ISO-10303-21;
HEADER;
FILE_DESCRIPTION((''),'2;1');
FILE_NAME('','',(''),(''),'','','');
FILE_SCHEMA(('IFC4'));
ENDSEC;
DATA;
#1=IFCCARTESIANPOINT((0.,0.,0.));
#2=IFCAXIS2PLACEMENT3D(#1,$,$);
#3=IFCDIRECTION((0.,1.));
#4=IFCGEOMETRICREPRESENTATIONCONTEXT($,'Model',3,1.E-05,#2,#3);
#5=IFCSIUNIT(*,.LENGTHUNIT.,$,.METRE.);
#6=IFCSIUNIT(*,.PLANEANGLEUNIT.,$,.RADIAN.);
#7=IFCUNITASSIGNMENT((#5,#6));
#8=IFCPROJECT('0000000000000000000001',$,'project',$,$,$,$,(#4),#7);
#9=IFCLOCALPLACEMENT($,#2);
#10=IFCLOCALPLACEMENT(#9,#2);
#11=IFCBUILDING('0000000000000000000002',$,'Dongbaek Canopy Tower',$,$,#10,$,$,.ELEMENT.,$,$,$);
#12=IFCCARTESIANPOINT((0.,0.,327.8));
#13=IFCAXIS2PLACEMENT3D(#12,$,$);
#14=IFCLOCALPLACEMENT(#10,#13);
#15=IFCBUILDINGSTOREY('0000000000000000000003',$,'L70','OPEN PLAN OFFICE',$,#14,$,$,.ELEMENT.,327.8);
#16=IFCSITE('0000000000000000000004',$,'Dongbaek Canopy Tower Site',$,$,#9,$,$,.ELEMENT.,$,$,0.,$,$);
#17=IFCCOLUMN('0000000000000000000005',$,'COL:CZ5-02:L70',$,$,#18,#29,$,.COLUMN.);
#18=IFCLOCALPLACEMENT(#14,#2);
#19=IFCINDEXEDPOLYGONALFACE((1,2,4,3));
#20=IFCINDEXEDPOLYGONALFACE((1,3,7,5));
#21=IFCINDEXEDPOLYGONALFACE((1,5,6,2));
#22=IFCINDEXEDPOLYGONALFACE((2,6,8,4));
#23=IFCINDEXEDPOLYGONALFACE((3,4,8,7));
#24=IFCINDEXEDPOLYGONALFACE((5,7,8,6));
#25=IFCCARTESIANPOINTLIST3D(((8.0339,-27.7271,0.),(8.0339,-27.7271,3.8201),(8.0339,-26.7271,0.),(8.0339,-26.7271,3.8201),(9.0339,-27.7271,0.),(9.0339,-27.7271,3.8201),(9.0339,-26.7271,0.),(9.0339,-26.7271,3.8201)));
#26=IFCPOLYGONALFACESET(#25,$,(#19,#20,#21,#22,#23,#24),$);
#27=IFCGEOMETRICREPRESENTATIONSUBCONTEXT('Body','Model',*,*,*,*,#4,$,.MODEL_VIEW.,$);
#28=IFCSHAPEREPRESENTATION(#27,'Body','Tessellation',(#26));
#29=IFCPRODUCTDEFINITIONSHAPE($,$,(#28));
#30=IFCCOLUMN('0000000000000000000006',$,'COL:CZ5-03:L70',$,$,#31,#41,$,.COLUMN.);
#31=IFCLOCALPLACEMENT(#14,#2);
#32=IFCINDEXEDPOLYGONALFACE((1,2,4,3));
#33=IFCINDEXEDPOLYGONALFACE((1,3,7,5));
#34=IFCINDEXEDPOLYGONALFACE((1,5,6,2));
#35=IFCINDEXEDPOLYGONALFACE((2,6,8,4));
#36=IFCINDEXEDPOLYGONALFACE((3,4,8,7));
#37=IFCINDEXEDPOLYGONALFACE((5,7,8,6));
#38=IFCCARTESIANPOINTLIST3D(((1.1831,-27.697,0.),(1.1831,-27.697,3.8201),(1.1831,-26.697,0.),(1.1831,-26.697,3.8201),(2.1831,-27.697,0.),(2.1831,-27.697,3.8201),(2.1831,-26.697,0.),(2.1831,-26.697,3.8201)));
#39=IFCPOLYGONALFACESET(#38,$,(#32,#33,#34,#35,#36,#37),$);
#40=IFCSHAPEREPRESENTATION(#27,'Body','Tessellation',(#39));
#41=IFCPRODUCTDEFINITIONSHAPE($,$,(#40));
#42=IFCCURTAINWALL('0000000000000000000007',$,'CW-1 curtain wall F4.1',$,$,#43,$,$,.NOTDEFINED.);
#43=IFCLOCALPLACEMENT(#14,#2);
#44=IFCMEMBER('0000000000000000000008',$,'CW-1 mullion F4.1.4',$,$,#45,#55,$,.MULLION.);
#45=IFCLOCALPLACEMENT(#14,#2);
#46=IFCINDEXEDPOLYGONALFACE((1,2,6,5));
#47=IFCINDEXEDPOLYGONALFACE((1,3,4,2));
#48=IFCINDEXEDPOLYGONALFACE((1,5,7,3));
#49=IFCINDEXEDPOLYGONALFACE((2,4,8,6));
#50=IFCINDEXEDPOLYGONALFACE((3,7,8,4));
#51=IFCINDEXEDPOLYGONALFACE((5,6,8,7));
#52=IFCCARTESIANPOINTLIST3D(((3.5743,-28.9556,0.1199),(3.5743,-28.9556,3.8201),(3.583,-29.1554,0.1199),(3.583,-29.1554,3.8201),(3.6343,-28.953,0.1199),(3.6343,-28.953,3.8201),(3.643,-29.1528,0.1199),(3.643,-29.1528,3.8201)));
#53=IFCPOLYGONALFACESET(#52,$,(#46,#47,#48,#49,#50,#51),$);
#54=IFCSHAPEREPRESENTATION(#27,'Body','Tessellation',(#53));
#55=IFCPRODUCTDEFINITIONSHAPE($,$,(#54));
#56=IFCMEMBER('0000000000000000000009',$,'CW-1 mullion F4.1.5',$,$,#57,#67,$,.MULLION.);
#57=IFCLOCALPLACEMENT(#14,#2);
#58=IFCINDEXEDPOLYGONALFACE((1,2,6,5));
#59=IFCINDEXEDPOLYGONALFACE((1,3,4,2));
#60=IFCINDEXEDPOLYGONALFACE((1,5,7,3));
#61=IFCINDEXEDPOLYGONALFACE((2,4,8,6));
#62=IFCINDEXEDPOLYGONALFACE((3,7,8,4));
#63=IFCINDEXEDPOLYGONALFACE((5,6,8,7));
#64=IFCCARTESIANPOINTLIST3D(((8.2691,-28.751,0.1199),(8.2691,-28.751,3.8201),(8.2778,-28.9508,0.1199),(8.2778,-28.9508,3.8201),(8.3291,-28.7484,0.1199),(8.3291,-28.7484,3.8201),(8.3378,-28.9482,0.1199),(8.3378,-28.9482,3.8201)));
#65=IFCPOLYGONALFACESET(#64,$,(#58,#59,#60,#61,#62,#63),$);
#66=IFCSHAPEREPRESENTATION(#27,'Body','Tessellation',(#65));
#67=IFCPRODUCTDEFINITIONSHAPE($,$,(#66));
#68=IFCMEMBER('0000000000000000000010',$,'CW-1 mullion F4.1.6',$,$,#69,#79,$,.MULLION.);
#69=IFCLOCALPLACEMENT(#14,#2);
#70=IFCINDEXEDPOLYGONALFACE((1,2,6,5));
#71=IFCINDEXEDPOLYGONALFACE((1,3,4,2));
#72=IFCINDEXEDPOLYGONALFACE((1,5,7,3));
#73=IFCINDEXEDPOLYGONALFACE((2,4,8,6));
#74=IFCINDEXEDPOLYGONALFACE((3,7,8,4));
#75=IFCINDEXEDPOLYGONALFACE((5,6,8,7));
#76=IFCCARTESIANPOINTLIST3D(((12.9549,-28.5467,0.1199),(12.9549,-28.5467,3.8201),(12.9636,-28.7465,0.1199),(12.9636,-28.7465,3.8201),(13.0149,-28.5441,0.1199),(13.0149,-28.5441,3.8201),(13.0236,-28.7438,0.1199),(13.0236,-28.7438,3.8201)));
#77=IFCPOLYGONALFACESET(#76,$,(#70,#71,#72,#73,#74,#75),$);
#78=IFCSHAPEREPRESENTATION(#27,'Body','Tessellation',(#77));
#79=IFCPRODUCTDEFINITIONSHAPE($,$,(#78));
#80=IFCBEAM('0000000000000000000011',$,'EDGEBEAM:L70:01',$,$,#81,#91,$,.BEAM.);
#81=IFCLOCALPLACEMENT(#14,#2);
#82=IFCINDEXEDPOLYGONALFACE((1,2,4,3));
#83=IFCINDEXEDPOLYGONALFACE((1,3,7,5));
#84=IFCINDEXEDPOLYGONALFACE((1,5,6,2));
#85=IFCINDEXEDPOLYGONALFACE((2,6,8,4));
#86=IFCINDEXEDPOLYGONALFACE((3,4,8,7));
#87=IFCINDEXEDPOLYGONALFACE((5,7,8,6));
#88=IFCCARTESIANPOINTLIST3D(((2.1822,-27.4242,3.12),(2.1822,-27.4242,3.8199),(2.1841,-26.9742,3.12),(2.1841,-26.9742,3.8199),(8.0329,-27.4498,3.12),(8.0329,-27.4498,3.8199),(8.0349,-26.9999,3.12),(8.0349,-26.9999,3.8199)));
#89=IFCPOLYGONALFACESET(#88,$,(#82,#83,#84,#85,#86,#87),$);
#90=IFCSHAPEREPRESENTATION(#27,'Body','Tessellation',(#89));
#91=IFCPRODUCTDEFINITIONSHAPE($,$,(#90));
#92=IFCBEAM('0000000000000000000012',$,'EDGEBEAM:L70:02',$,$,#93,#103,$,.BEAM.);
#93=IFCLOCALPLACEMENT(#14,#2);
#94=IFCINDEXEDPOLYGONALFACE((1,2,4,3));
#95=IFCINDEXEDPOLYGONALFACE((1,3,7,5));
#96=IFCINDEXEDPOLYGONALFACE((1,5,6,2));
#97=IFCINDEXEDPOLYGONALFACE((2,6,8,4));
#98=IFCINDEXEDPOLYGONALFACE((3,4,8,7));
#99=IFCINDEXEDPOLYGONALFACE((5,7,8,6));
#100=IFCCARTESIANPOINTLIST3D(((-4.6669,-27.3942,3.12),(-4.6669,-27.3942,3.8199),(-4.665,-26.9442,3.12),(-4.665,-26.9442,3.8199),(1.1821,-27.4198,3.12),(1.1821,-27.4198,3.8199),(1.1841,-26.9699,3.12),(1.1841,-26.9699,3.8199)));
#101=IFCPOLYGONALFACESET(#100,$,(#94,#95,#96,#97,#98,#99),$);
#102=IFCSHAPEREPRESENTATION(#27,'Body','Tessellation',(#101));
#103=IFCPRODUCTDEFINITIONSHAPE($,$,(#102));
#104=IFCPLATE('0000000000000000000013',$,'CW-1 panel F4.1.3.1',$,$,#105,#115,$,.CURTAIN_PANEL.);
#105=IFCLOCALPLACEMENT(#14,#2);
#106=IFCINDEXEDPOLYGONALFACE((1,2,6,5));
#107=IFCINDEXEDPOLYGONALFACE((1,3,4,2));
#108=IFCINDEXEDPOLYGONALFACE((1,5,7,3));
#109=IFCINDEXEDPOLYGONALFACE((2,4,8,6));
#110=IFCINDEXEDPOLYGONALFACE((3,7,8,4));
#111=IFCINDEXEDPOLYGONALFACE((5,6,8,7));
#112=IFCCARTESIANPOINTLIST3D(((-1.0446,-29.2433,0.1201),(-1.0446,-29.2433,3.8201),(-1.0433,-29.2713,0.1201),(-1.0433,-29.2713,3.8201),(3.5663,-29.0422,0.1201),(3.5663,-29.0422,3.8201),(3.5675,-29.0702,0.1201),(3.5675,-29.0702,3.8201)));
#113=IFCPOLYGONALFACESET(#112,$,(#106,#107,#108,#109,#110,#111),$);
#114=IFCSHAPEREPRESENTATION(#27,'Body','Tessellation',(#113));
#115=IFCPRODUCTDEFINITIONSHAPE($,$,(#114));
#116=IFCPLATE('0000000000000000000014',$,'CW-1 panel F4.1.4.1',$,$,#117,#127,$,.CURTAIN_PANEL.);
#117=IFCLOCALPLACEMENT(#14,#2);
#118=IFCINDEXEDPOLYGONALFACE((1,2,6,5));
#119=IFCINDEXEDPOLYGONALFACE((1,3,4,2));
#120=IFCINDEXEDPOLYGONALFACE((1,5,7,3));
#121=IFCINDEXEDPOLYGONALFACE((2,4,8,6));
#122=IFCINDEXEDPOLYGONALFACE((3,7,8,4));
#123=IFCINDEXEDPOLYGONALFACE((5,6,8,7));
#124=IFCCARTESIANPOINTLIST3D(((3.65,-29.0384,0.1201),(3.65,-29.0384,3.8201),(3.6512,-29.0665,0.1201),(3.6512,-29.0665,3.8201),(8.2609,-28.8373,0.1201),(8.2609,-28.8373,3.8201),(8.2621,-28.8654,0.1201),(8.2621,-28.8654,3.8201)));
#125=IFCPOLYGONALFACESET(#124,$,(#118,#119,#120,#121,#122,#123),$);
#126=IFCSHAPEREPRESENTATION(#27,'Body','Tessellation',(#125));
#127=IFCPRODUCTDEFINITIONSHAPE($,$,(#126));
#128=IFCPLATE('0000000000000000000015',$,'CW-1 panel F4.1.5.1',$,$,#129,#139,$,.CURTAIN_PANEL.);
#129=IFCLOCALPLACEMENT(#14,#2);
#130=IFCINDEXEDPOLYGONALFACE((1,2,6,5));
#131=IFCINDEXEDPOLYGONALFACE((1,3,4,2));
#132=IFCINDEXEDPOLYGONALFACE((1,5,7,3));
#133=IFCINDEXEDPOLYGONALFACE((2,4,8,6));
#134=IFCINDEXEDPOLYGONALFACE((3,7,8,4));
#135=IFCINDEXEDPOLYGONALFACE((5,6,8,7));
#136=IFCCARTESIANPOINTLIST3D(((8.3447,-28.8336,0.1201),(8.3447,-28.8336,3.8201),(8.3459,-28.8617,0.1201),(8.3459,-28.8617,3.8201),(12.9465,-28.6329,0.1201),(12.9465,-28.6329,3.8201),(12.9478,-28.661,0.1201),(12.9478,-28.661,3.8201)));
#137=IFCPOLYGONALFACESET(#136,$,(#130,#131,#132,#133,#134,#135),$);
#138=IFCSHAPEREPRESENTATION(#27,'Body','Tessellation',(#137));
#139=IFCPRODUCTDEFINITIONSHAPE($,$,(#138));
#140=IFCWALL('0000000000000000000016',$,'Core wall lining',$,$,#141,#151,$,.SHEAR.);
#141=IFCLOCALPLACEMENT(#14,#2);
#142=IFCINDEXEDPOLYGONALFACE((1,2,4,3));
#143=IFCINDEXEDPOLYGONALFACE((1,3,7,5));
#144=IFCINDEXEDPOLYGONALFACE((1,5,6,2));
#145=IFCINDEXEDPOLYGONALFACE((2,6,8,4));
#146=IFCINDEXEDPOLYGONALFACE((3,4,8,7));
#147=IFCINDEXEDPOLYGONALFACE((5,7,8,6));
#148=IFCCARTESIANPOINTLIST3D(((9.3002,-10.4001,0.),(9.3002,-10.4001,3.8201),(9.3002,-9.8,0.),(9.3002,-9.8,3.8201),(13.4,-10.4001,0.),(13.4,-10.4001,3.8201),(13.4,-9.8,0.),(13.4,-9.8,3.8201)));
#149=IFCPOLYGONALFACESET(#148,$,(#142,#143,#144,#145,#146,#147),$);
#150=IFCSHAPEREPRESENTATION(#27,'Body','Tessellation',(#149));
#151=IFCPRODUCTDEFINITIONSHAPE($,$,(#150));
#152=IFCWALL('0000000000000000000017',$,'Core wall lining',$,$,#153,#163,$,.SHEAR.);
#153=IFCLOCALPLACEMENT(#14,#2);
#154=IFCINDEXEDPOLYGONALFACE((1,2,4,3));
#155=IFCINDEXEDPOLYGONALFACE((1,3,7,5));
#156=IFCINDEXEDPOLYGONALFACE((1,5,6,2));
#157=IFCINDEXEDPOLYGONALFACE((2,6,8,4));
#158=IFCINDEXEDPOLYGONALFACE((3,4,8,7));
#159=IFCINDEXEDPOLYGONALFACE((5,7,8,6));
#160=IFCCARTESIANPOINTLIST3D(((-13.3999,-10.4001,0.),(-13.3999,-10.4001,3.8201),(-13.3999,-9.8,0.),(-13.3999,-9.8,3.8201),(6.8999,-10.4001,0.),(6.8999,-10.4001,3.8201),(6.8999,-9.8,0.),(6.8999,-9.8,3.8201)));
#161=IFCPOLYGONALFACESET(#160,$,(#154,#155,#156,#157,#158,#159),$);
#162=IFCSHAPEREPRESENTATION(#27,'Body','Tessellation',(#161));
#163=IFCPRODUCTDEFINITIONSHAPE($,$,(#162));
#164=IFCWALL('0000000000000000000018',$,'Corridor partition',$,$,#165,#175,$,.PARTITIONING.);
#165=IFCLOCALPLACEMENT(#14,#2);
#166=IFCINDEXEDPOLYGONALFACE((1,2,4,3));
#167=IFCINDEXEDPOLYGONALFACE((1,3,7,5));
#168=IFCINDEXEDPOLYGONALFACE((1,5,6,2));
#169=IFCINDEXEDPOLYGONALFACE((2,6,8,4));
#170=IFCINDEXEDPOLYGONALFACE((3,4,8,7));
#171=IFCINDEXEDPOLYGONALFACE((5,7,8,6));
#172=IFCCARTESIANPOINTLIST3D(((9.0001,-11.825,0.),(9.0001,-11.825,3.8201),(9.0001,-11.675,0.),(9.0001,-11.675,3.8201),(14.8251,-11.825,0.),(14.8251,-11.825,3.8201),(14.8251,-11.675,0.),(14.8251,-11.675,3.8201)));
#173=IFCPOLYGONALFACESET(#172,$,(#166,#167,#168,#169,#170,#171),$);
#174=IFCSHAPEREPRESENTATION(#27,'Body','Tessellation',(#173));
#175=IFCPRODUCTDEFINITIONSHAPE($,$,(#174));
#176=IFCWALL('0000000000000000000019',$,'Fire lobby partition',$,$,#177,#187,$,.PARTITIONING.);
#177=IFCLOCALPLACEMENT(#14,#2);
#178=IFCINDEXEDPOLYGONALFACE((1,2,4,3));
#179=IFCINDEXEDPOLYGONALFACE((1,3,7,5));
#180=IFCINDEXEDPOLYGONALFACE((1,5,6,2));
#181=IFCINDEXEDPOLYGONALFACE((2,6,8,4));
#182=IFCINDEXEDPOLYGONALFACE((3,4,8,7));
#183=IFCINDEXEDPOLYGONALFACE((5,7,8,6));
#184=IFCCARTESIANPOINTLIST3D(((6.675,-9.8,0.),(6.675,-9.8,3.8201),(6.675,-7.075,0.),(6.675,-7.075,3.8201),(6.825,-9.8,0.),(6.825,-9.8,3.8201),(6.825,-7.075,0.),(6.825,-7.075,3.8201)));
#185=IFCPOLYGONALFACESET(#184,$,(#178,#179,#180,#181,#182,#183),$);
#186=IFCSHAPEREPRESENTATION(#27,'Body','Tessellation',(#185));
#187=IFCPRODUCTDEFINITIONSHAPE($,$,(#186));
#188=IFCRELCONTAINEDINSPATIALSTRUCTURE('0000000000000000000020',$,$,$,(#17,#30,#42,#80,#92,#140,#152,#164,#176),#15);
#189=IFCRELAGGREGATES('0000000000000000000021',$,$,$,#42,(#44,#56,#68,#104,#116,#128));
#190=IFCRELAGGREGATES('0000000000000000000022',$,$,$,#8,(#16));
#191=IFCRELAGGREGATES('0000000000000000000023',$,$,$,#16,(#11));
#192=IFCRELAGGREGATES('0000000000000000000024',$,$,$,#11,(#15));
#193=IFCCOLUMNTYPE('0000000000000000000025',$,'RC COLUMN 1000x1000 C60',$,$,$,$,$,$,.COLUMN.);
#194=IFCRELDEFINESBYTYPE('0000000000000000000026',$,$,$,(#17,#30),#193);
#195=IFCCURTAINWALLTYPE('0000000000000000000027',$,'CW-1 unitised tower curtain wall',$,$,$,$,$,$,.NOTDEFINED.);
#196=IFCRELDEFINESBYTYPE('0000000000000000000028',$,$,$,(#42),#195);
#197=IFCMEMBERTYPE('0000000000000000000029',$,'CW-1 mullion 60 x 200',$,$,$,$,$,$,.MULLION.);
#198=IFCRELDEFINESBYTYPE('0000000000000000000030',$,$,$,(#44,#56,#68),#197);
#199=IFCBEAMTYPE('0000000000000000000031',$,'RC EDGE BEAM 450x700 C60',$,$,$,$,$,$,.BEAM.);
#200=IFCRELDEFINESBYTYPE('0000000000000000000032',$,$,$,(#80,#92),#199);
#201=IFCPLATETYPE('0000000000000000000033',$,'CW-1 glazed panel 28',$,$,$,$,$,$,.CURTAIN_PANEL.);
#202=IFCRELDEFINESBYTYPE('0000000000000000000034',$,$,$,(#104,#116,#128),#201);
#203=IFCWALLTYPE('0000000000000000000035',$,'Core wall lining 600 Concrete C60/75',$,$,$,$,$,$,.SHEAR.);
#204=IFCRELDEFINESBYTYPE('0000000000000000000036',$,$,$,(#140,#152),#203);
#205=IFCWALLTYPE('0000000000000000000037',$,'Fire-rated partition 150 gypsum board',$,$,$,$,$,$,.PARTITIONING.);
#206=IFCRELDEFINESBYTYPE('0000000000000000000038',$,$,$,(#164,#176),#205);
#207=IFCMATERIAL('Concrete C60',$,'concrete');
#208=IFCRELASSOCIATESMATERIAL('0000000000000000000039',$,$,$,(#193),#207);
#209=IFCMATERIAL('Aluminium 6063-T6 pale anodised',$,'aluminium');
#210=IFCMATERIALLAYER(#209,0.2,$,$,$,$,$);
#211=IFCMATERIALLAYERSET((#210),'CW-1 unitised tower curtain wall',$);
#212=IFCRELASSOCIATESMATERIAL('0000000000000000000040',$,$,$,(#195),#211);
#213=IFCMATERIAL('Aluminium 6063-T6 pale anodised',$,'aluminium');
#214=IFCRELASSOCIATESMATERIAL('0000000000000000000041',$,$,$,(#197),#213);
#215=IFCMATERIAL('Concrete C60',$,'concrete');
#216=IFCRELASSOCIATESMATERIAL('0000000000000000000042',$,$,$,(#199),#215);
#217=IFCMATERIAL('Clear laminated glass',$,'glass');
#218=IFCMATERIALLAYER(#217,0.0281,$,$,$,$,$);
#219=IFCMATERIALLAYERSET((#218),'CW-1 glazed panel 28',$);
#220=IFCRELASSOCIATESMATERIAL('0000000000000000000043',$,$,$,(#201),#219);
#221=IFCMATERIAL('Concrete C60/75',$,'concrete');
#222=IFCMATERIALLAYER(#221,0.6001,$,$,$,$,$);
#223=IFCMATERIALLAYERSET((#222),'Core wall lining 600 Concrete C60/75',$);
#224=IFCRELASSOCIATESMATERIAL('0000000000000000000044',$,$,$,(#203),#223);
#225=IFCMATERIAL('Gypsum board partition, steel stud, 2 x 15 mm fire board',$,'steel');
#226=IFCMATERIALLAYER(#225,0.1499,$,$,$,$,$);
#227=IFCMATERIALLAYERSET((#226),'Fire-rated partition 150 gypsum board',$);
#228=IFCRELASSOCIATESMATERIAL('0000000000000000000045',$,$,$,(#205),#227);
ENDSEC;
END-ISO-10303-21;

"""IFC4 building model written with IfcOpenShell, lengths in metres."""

from ifc_helpers import new_model, si_unit, direction, frame, frame_2d, origin, origin_2d, place, context, subcontext, project, spatial, rectangle, extrude, material, layer, layer_set, material_profile, profile_set, type_object, element, aggregate, save


model = new_model("IFC4")

# Units and contexts
model_context = context("Model", 3, precision=1e-05, world=origin(), true_north=direction((0.0, 1.0)))
body_context = subcontext(model_context, "Body", "Model", "MODEL_VIEW")
ifc_project = project(units=[si_unit("LENGTHUNIT", "METRE"), si_unit("PLANEANGLEUNIT", "RADIAN")], contexts=[model_context])

# Site, building, storey
site_placement = place(None, origin())
site = spatial("IfcSite", under=ifc_project, at=site_placement, Name="Dongbaek Canopy Tower Site", CompositionType="ELEMENT", RefElevation=0.0)
building_placement = place(site_placement, origin())
building = spatial("IfcBuilding", under=site, at=building_placement, Name="Dongbaek Canopy Tower", CompositionType="ELEMENT")
storey_placement = place(building_placement, frame((0.0, 0.0, 327.8)))
storey = spatial("IfcBuildingStorey", under=building, at=storey_placement, Name="L70", Description="OPEN PLAN OFFICE", CompositionType="ELEMENT", Elevation=327.8)

# Columns
ifc_material_1 = material(Name="Concrete C60", Category="concrete")
ifc_material_profile_1 = material_profile(ifc_material_1, rectangle(XDim=1.0, YDim=1.0, at=origin_2d()), Name="RC COLUMN 1000x1000 C60")
ifc_profile_set_1 = profile_set([ifc_material_profile_1], Name="Concrete C60")
column_type = type_object("IfcColumnType", Name="RC COLUMN 1000x1000 C60", PredefinedType="COLUMN", material=ifc_profile_set_1)
for number, where, z_axis, x_axis, name in (
    (1, (8.5339, -27.2271, 0.0), (0.0, 0.0, 1.0), (1.0, 0.0, 0.0), "COL:CZ5-02:L70"),
    (2, (1.6831, -27.197, 0.0), (0.0, 0.0, 1.0), (1.0, 0.0, 0.0), "COL:CZ5-03:L70"),
):
    element("IfcColumn", number, at=place(storey_placement, frame(where, z_axis=z_axis, x_axis=x_axis)), inside=storey, type_object=column_type, Name=name, PredefinedType="COLUMN", context=body_context, shape_type="SweptSolid", body=[
        extrude(rectangle(XDim=1.0, YDim=1.0, at=origin_2d()), origin(), (0.0, 0.0, 1.0), 3.8201),
    ])

# Curtain wall, members
ifc_material_2 = material(Name="Aluminium 6063-T6 pale anodised", Category="aluminium")
ifc_layer_1 = layer(ifc_material_2, 0.2)
ifc_layer_set_1 = layer_set([ifc_layer_1], Name="CW-1 unitised tower curtain wall")
curtain_wall_type = type_object("IfcCurtainWallType", Name="CW-1 unitised tower curtain wall", PredefinedType="NOTDEFINED", material=ifc_layer_set_1)
curtain_wall_placement = place(storey_placement, origin())
curtain_wall = element("IfcCurtainWall", 3, at=curtain_wall_placement, inside=storey, type_object=curtain_wall_type, Name="CW-1 curtain wall F4.1", PredefinedType="NOTDEFINED")
ifc_material_3 = material(Name="Aluminium 6063-T6 pale anodised", Category="aluminium")
ifc_material_profile_2 = material_profile(ifc_material_3, rectangle(XDim=0.2, YDim=0.0601, at=origin_2d()), Name="CW-1 mullion 60 x 200")
ifc_profile_set_2 = profile_set([ifc_material_profile_2], Name="Aluminium 6063-T6 pale anodised")
member_type = type_object("IfcMemberType", Name="CW-1 mullion 60 x 200", PredefinedType="MULLION", material=ifc_profile_set_2)
member_1_placement = place(storey_placement, frame((3.6086, -29.0542, 0.1199), z_axis=(0.0, 0.0, 1.0), x_axis=(0.043572, -0.99905, 0.0)))
member_1 = element("IfcMember", 4, at=member_1_placement, type_object=member_type, Name="CW-1 mullion F4.1.4", PredefinedType="MULLION", context=body_context, shape_type="SweptSolid", body=[
    extrude(rectangle(XDim=0.2, YDim=0.0601, at=origin_2d()), origin(), (0.0, 0.0, 1.0), 3.7002),
])
member_2_placement = place(storey_placement, frame((8.3035, -28.8496, 0.1199), z_axis=(0.0, 0.0, 1.0), x_axis=(0.043572, -0.99905, 0.0)))
member_2 = element("IfcMember", 5, at=member_2_placement, type_object=member_type, Name="CW-1 mullion F4.1.5", PredefinedType="MULLION", context=body_context, shape_type="SweptSolid", body=[
    extrude(rectangle(XDim=0.2, YDim=0.0601, at=origin_2d()), origin(), (0.0, 0.0, 1.0), 3.7002),
])
member_3_placement = place(storey_placement, frame((12.9893, -28.6453, 0.1199), z_axis=(0.0, 0.0, 1.0), x_axis=(0.043572, -0.99905, 0.0)))
member_3 = element("IfcMember", 6, at=member_3_placement, type_object=member_type, Name="CW-1 mullion F4.1.6", PredefinedType="MULLION", context=body_context, shape_type="SweptSolid", body=[
    extrude(rectangle(XDim=0.2, YDim=0.0601, at=origin_2d()), origin(), (0.0, 0.0, 1.0), 3.7002),
])

# Beams
ifc_material_4 = material(Name="Concrete C60", Category="concrete")
ifc_material_profile_3 = material_profile(ifc_material_4, rectangle(XDim=0.45, YDim=0.7, at=origin_2d()), Name="RC EDGE BEAM 450x700 C60")
ifc_profile_set_3 = profile_set([ifc_material_profile_3], Name="Concrete C60")
beam_type = type_object("IfcBeamType", Name="RC EDGE BEAM 450x700 C60", PredefinedType="BEAM", material=ifc_profile_set_3)
beam_1_placement = place(storey_placement, frame((8.0339, -27.2249, 3.47), z_axis=(-0.99999, 0.004381, 0.0), x_axis=(-0.004381, -0.99999, 0.0)))
element("IfcBeam", 7, at=beam_1_placement, inside=storey, type_object=beam_type, Name="EDGEBEAM:L70:01", PredefinedType="BEAM", context=body_context, shape_type="SweptSolid", body=[
    extrude(rectangle(XDim=0.45, YDim=0.7, at=origin_2d()), origin(), (0.0, 0.0, 1.0), 5.8508),
])
beam_2_placement = place(storey_placement, frame((1.1831, -27.1948, 3.47), z_axis=(-0.99999, 0.004383, 0.0), x_axis=(-0.004383, -0.99999, 0.0)))
element("IfcBeam", 8, at=beam_2_placement, inside=storey, type_object=beam_type, Name="EDGEBEAM:L70:02", PredefinedType="BEAM", context=body_context, shape_type="SweptSolid", body=[
    extrude(rectangle(XDim=0.45, YDim=0.7, at=origin_2d()), origin(), (0.0, 0.0, 1.0), 5.8491),
])

# Plates
ifc_material_5 = material(Name="Clear laminated glass", Category="glass")
ifc_layer_2 = layer(ifc_material_5, 0.0281)
ifc_layer_set_2 = layer_set([ifc_layer_2], Name="CW-1 glazed panel 28")
plate_type = type_object("IfcPlateType", Name="CW-1 glazed panel 28", PredefinedType="CURTAIN_PANEL", material=ifc_layer_set_2)
plate_1_placement = place(storey_placement, frame((1.2615, -29.1567, 0.1201), z_axis=(0.0, 0.0, 1.0), x_axis=(0.99905, 0.043572, 0.0)))
plate_1 = element("IfcPlate", 9, at=plate_1_placement, type_object=plate_type, Name="CW-1 panel F4.1.3.1", PredefinedType="CURTAIN_PANEL", context=body_context, shape_type="SweptSolid", body=[
    extrude(rectangle(XDim=4.6152, YDim=0.0281, at=origin_2d()), origin(), (0.0, 0.0, 1.0), 3.7),
])
plate_2_placement = place(storey_placement, frame((5.9561, -28.9519, 0.1201), z_axis=(0.0, 0.0, 1.0), x_axis=(0.99905, 0.043572, 0.0)))
plate_2 = element("IfcPlate", 10, at=plate_2_placement, type_object=plate_type, Name="CW-1 panel F4.1.4.1", PredefinedType="CURTAIN_PANEL", context=body_context, shape_type="SweptSolid", body=[
    extrude(rectangle(XDim=4.6152, YDim=0.0281, at=origin_2d()), origin(), (0.0, 0.0, 1.0), 3.7),
])
plate_3_placement = place(storey_placement, frame((10.6462, -28.7473, 0.1201), z_axis=(0.0, 0.0, 1.0), x_axis=(0.99905, 0.043572, 0.0)))
plate_3 = element("IfcPlate", 11, at=plate_3_placement, type_object=plate_type, Name="CW-1 panel F4.1.5.1", PredefinedType="CURTAIN_PANEL", context=body_context, shape_type="SweptSolid", body=[
    extrude(rectangle(XDim=4.6062, YDim=0.0281, at=origin_2d()), origin(), (0.0, 0.0, 1.0), 3.7),
])

# Walls
ifc_material_6 = material(Name="Concrete C60/75", Category="concrete")
ifc_layer_3 = layer(ifc_material_6, 0.6001)
ifc_layer_set_3 = layer_set([ifc_layer_3], Name="Core wall lining 600 Concrete C60/75")
wall_type_1 = type_object("IfcWallType", Name="Core wall lining 600 Concrete C60/75", PredefinedType="SHEAR", material=ifc_layer_set_3)
wall_1_placement = place(storey_placement, frame((13.3999, -10.1001, 0.0), z_axis=(0.0, 0.0, 1.0), x_axis=(-1.0, 0.0, 0.0)))
element("IfcWall", 12, at=wall_1_placement, inside=storey, type_object=wall_type_1, Name="Core wall lining", PredefinedType="SHEAR", context=body_context, shape_type="SweptSolid", body=[
    extrude(rectangle(XDim=4.0999, YDim=0.6001, at=frame_2d((2.0498, 0.0))), origin(), (0.0, 0.0, 1.0), 3.8201),
])
wall_2_placement = place(storey_placement, frame((6.8999, -10.1001, 0.0), z_axis=(0.0, 0.0, 1.0), x_axis=(-1.0, 0.0, 0.0)))
element("IfcWall", 13, at=wall_2_placement, inside=storey, type_object=wall_type_1, Name="Core wall lining", PredefinedType="SHEAR", context=body_context, shape_type="SweptSolid", body=[
    extrude(rectangle(XDim=20.2998, YDim=0.6001, at=frame_2d((10.1499, 0.0))), origin(), (0.0, 0.0, 1.0), 3.8201),
])
ifc_material_7 = material(Name="Gypsum board partition, steel stud, 2 x 15 mm fire board", Category="steel")
ifc_layer_4 = layer(ifc_material_7, 0.1499)
ifc_layer_set_4 = layer_set([ifc_layer_4], Name="Fire-rated partition 150 gypsum board")
wall_type_2 = type_object("IfcWallType", Name="Fire-rated partition 150 gypsum board", PredefinedType="PARTITIONING", material=ifc_layer_set_4)
wall_3_placement = place(storey_placement, frame((9.0, -11.75, 0.0), z_axis=(0.0, 0.0, 1.0), x_axis=(1.0, 0.0, 0.0)))
element("IfcWall", 14, at=wall_3_placement, inside=storey, type_object=wall_type_2, Name="Corridor partition", PredefinedType="PARTITIONING", context=body_context, shape_type="SweptSolid", body=[
    extrude(rectangle(XDim=5.825, YDim=0.1499, at=frame_2d((2.9126, 0.0))), origin(), (0.0, 0.0, 1.0), 3.8201),
])
wall_4_placement = place(storey_placement, frame((6.75, -9.8, 0.0), z_axis=(0.0, 0.0, 1.0), x_axis=(0.0, 1.0, 0.0)))
element("IfcWall", 15, at=wall_4_placement, inside=storey, type_object=wall_type_2, Name="Fire lobby partition", PredefinedType="PARTITIONING", context=body_context, shape_type="SweptSolid", body=[
    extrude(rectangle(XDim=2.7251, YDim=0.1499, at=frame_2d((1.3625, 0.0))), origin(), (0.0, 0.0, 1.0), 3.8201),
])

aggregate(curtain_wall, [member_1, member_2, member_3, plate_1, plate_2, plate_3])

save(model, "model.ifc")
